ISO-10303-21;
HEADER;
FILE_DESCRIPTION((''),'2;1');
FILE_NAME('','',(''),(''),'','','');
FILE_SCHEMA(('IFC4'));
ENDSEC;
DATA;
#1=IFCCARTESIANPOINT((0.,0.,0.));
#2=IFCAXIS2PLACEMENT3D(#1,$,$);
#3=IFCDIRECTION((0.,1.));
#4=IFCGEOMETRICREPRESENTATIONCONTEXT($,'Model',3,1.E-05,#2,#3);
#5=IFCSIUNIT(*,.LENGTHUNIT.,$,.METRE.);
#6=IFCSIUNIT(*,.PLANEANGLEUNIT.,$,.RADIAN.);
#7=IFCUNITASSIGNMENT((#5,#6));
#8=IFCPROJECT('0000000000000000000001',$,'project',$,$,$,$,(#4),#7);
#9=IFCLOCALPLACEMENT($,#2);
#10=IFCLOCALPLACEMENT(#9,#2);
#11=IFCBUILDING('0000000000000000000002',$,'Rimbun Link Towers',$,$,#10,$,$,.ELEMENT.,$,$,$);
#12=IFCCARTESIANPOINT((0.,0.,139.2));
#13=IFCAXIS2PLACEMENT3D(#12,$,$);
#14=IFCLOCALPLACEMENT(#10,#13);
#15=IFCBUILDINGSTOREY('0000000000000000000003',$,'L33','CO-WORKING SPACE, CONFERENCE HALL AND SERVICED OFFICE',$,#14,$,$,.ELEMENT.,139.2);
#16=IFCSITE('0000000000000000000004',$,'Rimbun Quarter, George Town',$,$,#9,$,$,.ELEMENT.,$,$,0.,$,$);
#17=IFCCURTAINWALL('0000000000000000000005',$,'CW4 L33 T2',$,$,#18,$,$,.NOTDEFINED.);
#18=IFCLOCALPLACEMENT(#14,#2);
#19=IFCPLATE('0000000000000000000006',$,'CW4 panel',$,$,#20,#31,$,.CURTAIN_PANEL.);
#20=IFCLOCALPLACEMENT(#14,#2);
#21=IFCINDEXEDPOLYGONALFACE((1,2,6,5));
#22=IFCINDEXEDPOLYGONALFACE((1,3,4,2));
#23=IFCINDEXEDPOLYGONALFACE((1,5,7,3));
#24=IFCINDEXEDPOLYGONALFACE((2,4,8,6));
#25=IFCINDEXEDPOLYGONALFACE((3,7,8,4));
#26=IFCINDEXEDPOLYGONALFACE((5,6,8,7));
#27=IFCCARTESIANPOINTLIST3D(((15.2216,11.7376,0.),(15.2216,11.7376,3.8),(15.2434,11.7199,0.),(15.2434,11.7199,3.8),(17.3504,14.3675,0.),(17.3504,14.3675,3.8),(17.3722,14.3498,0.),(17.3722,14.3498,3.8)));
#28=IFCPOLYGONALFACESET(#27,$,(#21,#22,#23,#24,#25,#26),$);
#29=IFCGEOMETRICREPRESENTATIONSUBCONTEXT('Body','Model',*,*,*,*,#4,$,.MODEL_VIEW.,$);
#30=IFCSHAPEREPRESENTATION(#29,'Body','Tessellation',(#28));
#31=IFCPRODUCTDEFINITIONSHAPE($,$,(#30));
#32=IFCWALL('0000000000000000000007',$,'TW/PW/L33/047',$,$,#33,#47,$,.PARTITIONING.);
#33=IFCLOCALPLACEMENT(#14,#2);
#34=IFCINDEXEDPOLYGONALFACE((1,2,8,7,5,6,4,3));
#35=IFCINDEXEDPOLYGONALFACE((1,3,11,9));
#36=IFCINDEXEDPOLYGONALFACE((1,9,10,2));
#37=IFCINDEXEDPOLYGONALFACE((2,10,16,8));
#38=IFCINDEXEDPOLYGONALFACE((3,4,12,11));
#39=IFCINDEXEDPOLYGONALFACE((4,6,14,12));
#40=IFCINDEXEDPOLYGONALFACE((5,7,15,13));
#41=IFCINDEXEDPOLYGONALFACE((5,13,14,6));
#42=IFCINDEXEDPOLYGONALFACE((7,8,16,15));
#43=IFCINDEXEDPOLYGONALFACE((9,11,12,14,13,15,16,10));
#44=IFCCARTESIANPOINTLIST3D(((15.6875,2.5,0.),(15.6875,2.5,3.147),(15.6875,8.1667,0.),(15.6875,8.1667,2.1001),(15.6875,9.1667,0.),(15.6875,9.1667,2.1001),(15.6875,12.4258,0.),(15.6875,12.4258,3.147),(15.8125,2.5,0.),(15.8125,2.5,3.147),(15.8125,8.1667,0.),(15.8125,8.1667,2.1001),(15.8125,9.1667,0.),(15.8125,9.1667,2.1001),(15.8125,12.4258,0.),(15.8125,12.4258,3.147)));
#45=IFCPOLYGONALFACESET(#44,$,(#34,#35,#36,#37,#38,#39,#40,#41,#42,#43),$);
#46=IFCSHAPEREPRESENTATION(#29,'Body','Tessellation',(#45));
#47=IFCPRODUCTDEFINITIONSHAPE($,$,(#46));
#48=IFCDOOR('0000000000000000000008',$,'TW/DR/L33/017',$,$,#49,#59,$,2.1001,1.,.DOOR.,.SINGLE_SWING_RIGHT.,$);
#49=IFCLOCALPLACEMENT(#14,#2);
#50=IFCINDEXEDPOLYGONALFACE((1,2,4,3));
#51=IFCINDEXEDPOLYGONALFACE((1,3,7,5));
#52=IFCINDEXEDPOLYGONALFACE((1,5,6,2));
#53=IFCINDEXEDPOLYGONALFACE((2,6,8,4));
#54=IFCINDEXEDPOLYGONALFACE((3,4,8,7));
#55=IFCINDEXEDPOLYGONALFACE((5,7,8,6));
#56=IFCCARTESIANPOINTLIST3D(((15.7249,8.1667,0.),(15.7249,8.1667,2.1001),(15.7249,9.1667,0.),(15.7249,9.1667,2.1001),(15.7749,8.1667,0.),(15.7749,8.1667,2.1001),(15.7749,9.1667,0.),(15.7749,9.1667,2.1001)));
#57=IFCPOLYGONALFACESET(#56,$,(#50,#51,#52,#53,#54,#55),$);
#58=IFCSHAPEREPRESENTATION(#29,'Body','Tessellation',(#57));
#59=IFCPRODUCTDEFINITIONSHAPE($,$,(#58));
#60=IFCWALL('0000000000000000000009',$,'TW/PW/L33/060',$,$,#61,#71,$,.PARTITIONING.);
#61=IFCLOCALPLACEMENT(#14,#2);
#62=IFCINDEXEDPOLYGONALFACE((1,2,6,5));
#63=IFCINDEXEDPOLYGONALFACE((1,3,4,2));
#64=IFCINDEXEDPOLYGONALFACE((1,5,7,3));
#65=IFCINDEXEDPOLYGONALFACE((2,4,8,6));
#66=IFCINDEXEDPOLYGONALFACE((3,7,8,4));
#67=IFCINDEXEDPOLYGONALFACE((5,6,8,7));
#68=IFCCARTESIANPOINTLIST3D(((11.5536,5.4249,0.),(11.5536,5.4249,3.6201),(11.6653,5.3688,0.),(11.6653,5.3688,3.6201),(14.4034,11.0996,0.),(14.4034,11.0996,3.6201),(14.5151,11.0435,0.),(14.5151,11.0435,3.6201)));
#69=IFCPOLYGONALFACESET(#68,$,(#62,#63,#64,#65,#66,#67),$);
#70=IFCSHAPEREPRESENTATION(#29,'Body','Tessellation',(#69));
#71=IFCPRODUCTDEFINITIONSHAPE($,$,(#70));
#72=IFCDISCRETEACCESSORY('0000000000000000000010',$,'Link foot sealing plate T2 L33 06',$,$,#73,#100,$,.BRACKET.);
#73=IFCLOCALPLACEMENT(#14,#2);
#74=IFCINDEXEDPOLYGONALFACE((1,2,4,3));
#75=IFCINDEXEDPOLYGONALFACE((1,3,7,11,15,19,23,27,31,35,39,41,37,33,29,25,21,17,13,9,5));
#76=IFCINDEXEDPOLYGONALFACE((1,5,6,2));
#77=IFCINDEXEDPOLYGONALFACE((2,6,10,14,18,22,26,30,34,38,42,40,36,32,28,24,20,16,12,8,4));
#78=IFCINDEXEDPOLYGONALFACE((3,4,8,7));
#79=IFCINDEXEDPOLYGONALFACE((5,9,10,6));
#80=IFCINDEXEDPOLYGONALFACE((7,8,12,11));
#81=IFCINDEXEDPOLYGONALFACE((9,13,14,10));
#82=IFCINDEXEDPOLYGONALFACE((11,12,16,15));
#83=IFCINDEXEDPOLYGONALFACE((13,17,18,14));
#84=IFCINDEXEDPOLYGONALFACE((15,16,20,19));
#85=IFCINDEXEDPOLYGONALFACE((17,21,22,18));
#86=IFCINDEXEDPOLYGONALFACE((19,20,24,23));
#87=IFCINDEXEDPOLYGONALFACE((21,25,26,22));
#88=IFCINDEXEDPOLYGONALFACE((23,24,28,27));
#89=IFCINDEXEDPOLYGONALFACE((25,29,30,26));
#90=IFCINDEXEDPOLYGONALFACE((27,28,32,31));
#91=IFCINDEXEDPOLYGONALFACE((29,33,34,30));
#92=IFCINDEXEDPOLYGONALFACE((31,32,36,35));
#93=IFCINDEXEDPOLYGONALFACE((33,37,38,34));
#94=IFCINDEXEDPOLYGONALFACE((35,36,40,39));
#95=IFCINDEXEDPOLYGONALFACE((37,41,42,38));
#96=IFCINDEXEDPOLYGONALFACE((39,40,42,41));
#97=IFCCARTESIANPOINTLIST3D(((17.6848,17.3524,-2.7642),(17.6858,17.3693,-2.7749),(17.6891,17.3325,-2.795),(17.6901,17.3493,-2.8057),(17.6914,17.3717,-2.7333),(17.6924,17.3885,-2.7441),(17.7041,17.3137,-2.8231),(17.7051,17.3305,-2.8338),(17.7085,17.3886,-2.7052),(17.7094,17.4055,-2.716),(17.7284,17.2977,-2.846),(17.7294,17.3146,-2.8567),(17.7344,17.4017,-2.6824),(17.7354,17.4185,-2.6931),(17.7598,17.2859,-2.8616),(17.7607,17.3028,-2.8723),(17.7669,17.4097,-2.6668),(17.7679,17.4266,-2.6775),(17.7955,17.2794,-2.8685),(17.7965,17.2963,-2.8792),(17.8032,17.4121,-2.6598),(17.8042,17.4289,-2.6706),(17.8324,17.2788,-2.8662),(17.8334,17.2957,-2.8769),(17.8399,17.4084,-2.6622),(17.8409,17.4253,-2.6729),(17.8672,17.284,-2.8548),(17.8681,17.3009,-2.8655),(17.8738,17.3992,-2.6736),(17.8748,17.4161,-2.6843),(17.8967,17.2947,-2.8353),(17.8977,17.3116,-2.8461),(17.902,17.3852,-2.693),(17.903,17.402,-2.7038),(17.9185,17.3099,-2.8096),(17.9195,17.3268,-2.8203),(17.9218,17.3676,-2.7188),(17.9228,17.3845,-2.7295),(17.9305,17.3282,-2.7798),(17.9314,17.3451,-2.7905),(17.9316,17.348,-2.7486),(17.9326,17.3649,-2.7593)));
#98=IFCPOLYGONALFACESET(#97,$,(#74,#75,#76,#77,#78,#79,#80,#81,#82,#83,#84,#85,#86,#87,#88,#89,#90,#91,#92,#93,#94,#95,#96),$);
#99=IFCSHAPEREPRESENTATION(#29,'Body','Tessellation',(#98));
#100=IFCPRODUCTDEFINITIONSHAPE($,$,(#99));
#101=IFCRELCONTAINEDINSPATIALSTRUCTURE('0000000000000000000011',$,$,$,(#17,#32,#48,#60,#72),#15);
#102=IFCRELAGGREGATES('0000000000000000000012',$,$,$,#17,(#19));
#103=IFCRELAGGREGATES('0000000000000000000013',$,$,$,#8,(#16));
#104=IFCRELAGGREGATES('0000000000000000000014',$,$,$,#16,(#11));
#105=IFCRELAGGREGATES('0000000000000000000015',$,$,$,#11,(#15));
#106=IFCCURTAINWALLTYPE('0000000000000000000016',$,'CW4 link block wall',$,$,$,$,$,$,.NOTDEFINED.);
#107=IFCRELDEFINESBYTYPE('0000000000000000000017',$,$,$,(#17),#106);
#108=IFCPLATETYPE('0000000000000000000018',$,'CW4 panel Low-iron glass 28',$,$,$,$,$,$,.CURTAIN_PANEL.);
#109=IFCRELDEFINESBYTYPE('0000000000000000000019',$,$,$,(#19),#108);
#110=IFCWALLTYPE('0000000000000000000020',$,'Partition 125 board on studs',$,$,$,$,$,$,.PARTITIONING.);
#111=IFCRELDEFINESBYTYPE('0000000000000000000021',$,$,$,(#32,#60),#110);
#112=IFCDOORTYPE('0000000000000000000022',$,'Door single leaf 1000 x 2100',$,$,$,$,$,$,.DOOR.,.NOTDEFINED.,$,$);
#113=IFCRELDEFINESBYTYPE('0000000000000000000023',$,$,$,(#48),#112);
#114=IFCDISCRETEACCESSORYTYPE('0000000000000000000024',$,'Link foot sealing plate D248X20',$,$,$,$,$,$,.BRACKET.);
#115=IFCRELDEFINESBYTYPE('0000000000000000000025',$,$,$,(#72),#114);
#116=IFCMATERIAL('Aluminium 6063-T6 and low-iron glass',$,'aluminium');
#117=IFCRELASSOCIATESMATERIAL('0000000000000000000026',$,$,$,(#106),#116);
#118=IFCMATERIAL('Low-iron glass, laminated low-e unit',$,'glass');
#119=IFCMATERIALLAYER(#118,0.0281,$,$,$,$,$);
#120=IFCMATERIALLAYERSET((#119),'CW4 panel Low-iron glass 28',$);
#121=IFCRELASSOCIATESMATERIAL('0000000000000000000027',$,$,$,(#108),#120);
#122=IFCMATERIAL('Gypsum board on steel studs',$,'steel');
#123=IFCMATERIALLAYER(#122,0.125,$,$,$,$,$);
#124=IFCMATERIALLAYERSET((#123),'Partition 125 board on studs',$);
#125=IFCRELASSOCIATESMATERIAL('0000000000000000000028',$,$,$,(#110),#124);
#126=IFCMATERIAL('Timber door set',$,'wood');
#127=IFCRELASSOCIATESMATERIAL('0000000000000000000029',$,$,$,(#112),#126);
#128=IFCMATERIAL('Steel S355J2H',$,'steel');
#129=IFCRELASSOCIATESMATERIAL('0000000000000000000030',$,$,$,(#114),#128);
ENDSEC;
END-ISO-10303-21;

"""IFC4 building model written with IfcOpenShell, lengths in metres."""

from ifc_helpers import new_model, si_unit, direction, frame, frame_2d, origin, origin_2d, place, context, subcontext, project, spatial, rectangle, circle, extrude, material, layer, layer_set, material_profile, profile_set, type_object, element, fill, aggregate, save


model = new_model("IFC4")

# Units and contexts
model_context = context("Model", 3, precision=1e-05, world=origin(), true_north=direction((0.0, 1.0)))
body_context = subcontext(model_context, "Body", "Model", "MODEL_VIEW")
ifc_project = project(units=[si_unit("LENGTHUNIT", "METRE"), si_unit("PLANEANGLEUNIT", "RADIAN")], contexts=[model_context])

# Site, building, storey
site_placement = place(None, origin())
site = spatial("IfcSite", under=ifc_project, at=site_placement, Name="Rimbun Quarter, George Town", CompositionType="ELEMENT", RefElevation=0.0)
building_placement = place(site_placement, origin())
building = spatial("IfcBuilding", under=site, at=building_placement, Name="Rimbun Link Towers", CompositionType="ELEMENT")
storey_placement = place(building_placement, frame((0.0, 0.0, 139.2)))
storey = spatial("IfcBuildingStorey", under=building, at=storey_placement, Name="L33", Description="CO-WORKING SPACE, CONFERENCE HALL AND SERVICED OFFICE", CompositionType="ELEMENT", Elevation=139.2)

# Curtain wall
ifc_material_1 = material(Name="Aluminium 6063-T6 and low-iron glass", Category="aluminium")
curtain_wall_type = type_object("IfcCurtainWallType", Name="CW4 link block wall", PredefinedType="NOTDEFINED", material=ifc_material_1)
curtain_wall_placement = place(storey_placement, origin())
curtain_wall = element("IfcCurtainWall", 1, at=curtain_wall_placement, inside=storey, type_object=curtain_wall_type, Name="CW4 L33 T2", PredefinedType="NOTDEFINED")

# Plate
ifc_material_2 = material(Name="Low-iron glass, laminated low-e unit", Category="glass")
ifc_layer_1 = layer(ifc_material_2, 0.0281)
ifc_layer_set_1 = layer_set([ifc_layer_1], Name="CW4 panel Low-iron glass 28")
plate_type = type_object("IfcPlateType", Name="CW4 panel Low-iron glass 28", PredefinedType="CURTAIN_PANEL", material=ifc_layer_set_1)
plate_1_placement = place(storey_placement, frame((16.2969, 13.0437, 0.0), z_axis=(0.0, 0.0, 1.0), x_axis=(0.629159, 0.777277, 0.0)))
plate_1 = element("IfcPlate", 2, at=plate_1_placement, type_object=plate_type, Name="CW4 panel", PredefinedType="CURTAIN_PANEL", context=body_context, shape_type="SweptSolid", body=[
    extrude(rectangle(XDim=3.3835, YDim=0.0281, at=origin_2d()), origin(), (0.0, 0.0, 1.0), 3.8),
])
aggregate(curtain_wall, [plate_1])

# Wall, opening, door
ifc_material_3 = material(Name="Gypsum board on steel studs", Category="steel")
ifc_layer_2 = layer(ifc_material_3, 0.125)
ifc_layer_set_2 = layer_set([ifc_layer_2], Name="Partition 125 board on studs")
wall_type = type_object("IfcWallType", Name="Partition 125 board on studs", PredefinedType="PARTITIONING", material=ifc_layer_set_2)
wall_1_placement = place(storey_placement, frame((15.75, 12.4258, 0.0), z_axis=(0.0, 0.0, 1.0), x_axis=(0.0, -1.0, 0.0)))
wall_1 = element("IfcWall", 3, at=wall_1_placement, inside=storey, type_object=wall_type, Name="TW/PW/L33/047", PredefinedType="PARTITIONING", context=body_context, shape_type="SweptSolid", body=[
    extrude(rectangle(XDim=9.9258, YDim=0.125, at=frame_2d((4.9629, 0.0))), origin(), (0.0, 0.0, 1.0), 3.147),
])
opening_placement = place(wall_1_placement, frame((3.259, 0.0, 0.0)))
opening = element("IfcOpeningElement", 4, at=opening_placement, cuts=wall_1, PredefinedType="OPENING", context=body_context, shape_type="SweptSolid", body=[
    extrude(rectangle(XDim=1.0, YDim=2.1001, at=frame_2d((0.5, 1.05))), frame((0.0, 0.0725, 0.0), z_axis=(0.0, -1.0, 0.0), x_axis=(1.0, 0.0, 0.0)), (0.0, 0.0, 1.0), 0.145),
])
ifc_material_4 = material(Name="Timber door set", Category="wood")
door_type = type_object("IfcDoorType", Name="Door single leaf 1000 x 2100", OperationType="NOTDEFINED", PredefinedType="DOOR", material=ifc_material_4)
door_placement = place(opening_placement, origin())
door = element("IfcDoor", 5, at=door_placement, inside=storey, type_object=door_type, Name="TW/DR/L33/017", OperationType="SINGLE_SWING_RIGHT", OverallHeight=2.1001, OverallWidth=1.0, PredefinedType="DOOR", context=body_context, shape_type="SweptSolid", body=[
    extrude(rectangle(XDim=1.0, YDim=2.1001, at=frame_2d((0.5, 1.05))), frame((0.0, 0.0249, 0.0), z_axis=(0.0, -1.0, 0.0), x_axis=(1.0, 0.0, 0.0)), (0.0, 0.0, 1.0), 0.05),
])
fill(opening, door)

# Wall
wall_2_placement = place(storey_placement, frame((14.4592, 11.0715, 0.0), z_axis=(0.0, 0.0, 1.0), x_axis=(-0.448782, -0.893642, 0.0)))
element("IfcWall", 6, at=wall_2_placement, inside=storey, type_object=wall_type, Name="TW/PW/L33/060", PredefinedType="PARTITIONING", context=body_context, shape_type="SweptSolid", body=[
    extrude(rectangle(XDim=6.3501, YDim=0.125, at=frame_2d((3.175, 0.0))), origin(), (0.0, 0.0, 1.0), 3.6201),
])

# Discrete accessory
ifc_material_5 = material(Name="Steel S355J2H", Category="steel")
ifc_material_profile_1 = material_profile(ifc_material_5, circle(Radius=0.124, at=origin_2d()), Name="PL D248")
ifc_profile_set_1 = profile_set([ifc_material_profile_1], Name="Steel S355J2H")
discrete_accessory_type = type_object("IfcDiscreteAccessoryType", Name="Link foot sealing plate D248X20", PredefinedType="BRACKET", material=ifc_profile_set_1)
discrete_accessory_placement = place(storey_placement, frame((17.8086, 17.3452, -2.7642), z_axis=(0.04882, 0.842153, -0.537025), x_axis=(-0.998324, 0.057874, 0.0)))
element("IfcDiscreteAccessory", 7, at=discrete_accessory_placement, inside=storey, type_object=discrete_accessory_type, Name="Link foot sealing plate T2 L33 06", PredefinedType="BRACKET", context=body_context, shape_type="SweptSolid", body=[
    extrude(circle(Radius=0.124, at=origin_2d()), origin(), (0.0, 0.0, 1.0), 0.02),
])

save(model, "model.ifc")
